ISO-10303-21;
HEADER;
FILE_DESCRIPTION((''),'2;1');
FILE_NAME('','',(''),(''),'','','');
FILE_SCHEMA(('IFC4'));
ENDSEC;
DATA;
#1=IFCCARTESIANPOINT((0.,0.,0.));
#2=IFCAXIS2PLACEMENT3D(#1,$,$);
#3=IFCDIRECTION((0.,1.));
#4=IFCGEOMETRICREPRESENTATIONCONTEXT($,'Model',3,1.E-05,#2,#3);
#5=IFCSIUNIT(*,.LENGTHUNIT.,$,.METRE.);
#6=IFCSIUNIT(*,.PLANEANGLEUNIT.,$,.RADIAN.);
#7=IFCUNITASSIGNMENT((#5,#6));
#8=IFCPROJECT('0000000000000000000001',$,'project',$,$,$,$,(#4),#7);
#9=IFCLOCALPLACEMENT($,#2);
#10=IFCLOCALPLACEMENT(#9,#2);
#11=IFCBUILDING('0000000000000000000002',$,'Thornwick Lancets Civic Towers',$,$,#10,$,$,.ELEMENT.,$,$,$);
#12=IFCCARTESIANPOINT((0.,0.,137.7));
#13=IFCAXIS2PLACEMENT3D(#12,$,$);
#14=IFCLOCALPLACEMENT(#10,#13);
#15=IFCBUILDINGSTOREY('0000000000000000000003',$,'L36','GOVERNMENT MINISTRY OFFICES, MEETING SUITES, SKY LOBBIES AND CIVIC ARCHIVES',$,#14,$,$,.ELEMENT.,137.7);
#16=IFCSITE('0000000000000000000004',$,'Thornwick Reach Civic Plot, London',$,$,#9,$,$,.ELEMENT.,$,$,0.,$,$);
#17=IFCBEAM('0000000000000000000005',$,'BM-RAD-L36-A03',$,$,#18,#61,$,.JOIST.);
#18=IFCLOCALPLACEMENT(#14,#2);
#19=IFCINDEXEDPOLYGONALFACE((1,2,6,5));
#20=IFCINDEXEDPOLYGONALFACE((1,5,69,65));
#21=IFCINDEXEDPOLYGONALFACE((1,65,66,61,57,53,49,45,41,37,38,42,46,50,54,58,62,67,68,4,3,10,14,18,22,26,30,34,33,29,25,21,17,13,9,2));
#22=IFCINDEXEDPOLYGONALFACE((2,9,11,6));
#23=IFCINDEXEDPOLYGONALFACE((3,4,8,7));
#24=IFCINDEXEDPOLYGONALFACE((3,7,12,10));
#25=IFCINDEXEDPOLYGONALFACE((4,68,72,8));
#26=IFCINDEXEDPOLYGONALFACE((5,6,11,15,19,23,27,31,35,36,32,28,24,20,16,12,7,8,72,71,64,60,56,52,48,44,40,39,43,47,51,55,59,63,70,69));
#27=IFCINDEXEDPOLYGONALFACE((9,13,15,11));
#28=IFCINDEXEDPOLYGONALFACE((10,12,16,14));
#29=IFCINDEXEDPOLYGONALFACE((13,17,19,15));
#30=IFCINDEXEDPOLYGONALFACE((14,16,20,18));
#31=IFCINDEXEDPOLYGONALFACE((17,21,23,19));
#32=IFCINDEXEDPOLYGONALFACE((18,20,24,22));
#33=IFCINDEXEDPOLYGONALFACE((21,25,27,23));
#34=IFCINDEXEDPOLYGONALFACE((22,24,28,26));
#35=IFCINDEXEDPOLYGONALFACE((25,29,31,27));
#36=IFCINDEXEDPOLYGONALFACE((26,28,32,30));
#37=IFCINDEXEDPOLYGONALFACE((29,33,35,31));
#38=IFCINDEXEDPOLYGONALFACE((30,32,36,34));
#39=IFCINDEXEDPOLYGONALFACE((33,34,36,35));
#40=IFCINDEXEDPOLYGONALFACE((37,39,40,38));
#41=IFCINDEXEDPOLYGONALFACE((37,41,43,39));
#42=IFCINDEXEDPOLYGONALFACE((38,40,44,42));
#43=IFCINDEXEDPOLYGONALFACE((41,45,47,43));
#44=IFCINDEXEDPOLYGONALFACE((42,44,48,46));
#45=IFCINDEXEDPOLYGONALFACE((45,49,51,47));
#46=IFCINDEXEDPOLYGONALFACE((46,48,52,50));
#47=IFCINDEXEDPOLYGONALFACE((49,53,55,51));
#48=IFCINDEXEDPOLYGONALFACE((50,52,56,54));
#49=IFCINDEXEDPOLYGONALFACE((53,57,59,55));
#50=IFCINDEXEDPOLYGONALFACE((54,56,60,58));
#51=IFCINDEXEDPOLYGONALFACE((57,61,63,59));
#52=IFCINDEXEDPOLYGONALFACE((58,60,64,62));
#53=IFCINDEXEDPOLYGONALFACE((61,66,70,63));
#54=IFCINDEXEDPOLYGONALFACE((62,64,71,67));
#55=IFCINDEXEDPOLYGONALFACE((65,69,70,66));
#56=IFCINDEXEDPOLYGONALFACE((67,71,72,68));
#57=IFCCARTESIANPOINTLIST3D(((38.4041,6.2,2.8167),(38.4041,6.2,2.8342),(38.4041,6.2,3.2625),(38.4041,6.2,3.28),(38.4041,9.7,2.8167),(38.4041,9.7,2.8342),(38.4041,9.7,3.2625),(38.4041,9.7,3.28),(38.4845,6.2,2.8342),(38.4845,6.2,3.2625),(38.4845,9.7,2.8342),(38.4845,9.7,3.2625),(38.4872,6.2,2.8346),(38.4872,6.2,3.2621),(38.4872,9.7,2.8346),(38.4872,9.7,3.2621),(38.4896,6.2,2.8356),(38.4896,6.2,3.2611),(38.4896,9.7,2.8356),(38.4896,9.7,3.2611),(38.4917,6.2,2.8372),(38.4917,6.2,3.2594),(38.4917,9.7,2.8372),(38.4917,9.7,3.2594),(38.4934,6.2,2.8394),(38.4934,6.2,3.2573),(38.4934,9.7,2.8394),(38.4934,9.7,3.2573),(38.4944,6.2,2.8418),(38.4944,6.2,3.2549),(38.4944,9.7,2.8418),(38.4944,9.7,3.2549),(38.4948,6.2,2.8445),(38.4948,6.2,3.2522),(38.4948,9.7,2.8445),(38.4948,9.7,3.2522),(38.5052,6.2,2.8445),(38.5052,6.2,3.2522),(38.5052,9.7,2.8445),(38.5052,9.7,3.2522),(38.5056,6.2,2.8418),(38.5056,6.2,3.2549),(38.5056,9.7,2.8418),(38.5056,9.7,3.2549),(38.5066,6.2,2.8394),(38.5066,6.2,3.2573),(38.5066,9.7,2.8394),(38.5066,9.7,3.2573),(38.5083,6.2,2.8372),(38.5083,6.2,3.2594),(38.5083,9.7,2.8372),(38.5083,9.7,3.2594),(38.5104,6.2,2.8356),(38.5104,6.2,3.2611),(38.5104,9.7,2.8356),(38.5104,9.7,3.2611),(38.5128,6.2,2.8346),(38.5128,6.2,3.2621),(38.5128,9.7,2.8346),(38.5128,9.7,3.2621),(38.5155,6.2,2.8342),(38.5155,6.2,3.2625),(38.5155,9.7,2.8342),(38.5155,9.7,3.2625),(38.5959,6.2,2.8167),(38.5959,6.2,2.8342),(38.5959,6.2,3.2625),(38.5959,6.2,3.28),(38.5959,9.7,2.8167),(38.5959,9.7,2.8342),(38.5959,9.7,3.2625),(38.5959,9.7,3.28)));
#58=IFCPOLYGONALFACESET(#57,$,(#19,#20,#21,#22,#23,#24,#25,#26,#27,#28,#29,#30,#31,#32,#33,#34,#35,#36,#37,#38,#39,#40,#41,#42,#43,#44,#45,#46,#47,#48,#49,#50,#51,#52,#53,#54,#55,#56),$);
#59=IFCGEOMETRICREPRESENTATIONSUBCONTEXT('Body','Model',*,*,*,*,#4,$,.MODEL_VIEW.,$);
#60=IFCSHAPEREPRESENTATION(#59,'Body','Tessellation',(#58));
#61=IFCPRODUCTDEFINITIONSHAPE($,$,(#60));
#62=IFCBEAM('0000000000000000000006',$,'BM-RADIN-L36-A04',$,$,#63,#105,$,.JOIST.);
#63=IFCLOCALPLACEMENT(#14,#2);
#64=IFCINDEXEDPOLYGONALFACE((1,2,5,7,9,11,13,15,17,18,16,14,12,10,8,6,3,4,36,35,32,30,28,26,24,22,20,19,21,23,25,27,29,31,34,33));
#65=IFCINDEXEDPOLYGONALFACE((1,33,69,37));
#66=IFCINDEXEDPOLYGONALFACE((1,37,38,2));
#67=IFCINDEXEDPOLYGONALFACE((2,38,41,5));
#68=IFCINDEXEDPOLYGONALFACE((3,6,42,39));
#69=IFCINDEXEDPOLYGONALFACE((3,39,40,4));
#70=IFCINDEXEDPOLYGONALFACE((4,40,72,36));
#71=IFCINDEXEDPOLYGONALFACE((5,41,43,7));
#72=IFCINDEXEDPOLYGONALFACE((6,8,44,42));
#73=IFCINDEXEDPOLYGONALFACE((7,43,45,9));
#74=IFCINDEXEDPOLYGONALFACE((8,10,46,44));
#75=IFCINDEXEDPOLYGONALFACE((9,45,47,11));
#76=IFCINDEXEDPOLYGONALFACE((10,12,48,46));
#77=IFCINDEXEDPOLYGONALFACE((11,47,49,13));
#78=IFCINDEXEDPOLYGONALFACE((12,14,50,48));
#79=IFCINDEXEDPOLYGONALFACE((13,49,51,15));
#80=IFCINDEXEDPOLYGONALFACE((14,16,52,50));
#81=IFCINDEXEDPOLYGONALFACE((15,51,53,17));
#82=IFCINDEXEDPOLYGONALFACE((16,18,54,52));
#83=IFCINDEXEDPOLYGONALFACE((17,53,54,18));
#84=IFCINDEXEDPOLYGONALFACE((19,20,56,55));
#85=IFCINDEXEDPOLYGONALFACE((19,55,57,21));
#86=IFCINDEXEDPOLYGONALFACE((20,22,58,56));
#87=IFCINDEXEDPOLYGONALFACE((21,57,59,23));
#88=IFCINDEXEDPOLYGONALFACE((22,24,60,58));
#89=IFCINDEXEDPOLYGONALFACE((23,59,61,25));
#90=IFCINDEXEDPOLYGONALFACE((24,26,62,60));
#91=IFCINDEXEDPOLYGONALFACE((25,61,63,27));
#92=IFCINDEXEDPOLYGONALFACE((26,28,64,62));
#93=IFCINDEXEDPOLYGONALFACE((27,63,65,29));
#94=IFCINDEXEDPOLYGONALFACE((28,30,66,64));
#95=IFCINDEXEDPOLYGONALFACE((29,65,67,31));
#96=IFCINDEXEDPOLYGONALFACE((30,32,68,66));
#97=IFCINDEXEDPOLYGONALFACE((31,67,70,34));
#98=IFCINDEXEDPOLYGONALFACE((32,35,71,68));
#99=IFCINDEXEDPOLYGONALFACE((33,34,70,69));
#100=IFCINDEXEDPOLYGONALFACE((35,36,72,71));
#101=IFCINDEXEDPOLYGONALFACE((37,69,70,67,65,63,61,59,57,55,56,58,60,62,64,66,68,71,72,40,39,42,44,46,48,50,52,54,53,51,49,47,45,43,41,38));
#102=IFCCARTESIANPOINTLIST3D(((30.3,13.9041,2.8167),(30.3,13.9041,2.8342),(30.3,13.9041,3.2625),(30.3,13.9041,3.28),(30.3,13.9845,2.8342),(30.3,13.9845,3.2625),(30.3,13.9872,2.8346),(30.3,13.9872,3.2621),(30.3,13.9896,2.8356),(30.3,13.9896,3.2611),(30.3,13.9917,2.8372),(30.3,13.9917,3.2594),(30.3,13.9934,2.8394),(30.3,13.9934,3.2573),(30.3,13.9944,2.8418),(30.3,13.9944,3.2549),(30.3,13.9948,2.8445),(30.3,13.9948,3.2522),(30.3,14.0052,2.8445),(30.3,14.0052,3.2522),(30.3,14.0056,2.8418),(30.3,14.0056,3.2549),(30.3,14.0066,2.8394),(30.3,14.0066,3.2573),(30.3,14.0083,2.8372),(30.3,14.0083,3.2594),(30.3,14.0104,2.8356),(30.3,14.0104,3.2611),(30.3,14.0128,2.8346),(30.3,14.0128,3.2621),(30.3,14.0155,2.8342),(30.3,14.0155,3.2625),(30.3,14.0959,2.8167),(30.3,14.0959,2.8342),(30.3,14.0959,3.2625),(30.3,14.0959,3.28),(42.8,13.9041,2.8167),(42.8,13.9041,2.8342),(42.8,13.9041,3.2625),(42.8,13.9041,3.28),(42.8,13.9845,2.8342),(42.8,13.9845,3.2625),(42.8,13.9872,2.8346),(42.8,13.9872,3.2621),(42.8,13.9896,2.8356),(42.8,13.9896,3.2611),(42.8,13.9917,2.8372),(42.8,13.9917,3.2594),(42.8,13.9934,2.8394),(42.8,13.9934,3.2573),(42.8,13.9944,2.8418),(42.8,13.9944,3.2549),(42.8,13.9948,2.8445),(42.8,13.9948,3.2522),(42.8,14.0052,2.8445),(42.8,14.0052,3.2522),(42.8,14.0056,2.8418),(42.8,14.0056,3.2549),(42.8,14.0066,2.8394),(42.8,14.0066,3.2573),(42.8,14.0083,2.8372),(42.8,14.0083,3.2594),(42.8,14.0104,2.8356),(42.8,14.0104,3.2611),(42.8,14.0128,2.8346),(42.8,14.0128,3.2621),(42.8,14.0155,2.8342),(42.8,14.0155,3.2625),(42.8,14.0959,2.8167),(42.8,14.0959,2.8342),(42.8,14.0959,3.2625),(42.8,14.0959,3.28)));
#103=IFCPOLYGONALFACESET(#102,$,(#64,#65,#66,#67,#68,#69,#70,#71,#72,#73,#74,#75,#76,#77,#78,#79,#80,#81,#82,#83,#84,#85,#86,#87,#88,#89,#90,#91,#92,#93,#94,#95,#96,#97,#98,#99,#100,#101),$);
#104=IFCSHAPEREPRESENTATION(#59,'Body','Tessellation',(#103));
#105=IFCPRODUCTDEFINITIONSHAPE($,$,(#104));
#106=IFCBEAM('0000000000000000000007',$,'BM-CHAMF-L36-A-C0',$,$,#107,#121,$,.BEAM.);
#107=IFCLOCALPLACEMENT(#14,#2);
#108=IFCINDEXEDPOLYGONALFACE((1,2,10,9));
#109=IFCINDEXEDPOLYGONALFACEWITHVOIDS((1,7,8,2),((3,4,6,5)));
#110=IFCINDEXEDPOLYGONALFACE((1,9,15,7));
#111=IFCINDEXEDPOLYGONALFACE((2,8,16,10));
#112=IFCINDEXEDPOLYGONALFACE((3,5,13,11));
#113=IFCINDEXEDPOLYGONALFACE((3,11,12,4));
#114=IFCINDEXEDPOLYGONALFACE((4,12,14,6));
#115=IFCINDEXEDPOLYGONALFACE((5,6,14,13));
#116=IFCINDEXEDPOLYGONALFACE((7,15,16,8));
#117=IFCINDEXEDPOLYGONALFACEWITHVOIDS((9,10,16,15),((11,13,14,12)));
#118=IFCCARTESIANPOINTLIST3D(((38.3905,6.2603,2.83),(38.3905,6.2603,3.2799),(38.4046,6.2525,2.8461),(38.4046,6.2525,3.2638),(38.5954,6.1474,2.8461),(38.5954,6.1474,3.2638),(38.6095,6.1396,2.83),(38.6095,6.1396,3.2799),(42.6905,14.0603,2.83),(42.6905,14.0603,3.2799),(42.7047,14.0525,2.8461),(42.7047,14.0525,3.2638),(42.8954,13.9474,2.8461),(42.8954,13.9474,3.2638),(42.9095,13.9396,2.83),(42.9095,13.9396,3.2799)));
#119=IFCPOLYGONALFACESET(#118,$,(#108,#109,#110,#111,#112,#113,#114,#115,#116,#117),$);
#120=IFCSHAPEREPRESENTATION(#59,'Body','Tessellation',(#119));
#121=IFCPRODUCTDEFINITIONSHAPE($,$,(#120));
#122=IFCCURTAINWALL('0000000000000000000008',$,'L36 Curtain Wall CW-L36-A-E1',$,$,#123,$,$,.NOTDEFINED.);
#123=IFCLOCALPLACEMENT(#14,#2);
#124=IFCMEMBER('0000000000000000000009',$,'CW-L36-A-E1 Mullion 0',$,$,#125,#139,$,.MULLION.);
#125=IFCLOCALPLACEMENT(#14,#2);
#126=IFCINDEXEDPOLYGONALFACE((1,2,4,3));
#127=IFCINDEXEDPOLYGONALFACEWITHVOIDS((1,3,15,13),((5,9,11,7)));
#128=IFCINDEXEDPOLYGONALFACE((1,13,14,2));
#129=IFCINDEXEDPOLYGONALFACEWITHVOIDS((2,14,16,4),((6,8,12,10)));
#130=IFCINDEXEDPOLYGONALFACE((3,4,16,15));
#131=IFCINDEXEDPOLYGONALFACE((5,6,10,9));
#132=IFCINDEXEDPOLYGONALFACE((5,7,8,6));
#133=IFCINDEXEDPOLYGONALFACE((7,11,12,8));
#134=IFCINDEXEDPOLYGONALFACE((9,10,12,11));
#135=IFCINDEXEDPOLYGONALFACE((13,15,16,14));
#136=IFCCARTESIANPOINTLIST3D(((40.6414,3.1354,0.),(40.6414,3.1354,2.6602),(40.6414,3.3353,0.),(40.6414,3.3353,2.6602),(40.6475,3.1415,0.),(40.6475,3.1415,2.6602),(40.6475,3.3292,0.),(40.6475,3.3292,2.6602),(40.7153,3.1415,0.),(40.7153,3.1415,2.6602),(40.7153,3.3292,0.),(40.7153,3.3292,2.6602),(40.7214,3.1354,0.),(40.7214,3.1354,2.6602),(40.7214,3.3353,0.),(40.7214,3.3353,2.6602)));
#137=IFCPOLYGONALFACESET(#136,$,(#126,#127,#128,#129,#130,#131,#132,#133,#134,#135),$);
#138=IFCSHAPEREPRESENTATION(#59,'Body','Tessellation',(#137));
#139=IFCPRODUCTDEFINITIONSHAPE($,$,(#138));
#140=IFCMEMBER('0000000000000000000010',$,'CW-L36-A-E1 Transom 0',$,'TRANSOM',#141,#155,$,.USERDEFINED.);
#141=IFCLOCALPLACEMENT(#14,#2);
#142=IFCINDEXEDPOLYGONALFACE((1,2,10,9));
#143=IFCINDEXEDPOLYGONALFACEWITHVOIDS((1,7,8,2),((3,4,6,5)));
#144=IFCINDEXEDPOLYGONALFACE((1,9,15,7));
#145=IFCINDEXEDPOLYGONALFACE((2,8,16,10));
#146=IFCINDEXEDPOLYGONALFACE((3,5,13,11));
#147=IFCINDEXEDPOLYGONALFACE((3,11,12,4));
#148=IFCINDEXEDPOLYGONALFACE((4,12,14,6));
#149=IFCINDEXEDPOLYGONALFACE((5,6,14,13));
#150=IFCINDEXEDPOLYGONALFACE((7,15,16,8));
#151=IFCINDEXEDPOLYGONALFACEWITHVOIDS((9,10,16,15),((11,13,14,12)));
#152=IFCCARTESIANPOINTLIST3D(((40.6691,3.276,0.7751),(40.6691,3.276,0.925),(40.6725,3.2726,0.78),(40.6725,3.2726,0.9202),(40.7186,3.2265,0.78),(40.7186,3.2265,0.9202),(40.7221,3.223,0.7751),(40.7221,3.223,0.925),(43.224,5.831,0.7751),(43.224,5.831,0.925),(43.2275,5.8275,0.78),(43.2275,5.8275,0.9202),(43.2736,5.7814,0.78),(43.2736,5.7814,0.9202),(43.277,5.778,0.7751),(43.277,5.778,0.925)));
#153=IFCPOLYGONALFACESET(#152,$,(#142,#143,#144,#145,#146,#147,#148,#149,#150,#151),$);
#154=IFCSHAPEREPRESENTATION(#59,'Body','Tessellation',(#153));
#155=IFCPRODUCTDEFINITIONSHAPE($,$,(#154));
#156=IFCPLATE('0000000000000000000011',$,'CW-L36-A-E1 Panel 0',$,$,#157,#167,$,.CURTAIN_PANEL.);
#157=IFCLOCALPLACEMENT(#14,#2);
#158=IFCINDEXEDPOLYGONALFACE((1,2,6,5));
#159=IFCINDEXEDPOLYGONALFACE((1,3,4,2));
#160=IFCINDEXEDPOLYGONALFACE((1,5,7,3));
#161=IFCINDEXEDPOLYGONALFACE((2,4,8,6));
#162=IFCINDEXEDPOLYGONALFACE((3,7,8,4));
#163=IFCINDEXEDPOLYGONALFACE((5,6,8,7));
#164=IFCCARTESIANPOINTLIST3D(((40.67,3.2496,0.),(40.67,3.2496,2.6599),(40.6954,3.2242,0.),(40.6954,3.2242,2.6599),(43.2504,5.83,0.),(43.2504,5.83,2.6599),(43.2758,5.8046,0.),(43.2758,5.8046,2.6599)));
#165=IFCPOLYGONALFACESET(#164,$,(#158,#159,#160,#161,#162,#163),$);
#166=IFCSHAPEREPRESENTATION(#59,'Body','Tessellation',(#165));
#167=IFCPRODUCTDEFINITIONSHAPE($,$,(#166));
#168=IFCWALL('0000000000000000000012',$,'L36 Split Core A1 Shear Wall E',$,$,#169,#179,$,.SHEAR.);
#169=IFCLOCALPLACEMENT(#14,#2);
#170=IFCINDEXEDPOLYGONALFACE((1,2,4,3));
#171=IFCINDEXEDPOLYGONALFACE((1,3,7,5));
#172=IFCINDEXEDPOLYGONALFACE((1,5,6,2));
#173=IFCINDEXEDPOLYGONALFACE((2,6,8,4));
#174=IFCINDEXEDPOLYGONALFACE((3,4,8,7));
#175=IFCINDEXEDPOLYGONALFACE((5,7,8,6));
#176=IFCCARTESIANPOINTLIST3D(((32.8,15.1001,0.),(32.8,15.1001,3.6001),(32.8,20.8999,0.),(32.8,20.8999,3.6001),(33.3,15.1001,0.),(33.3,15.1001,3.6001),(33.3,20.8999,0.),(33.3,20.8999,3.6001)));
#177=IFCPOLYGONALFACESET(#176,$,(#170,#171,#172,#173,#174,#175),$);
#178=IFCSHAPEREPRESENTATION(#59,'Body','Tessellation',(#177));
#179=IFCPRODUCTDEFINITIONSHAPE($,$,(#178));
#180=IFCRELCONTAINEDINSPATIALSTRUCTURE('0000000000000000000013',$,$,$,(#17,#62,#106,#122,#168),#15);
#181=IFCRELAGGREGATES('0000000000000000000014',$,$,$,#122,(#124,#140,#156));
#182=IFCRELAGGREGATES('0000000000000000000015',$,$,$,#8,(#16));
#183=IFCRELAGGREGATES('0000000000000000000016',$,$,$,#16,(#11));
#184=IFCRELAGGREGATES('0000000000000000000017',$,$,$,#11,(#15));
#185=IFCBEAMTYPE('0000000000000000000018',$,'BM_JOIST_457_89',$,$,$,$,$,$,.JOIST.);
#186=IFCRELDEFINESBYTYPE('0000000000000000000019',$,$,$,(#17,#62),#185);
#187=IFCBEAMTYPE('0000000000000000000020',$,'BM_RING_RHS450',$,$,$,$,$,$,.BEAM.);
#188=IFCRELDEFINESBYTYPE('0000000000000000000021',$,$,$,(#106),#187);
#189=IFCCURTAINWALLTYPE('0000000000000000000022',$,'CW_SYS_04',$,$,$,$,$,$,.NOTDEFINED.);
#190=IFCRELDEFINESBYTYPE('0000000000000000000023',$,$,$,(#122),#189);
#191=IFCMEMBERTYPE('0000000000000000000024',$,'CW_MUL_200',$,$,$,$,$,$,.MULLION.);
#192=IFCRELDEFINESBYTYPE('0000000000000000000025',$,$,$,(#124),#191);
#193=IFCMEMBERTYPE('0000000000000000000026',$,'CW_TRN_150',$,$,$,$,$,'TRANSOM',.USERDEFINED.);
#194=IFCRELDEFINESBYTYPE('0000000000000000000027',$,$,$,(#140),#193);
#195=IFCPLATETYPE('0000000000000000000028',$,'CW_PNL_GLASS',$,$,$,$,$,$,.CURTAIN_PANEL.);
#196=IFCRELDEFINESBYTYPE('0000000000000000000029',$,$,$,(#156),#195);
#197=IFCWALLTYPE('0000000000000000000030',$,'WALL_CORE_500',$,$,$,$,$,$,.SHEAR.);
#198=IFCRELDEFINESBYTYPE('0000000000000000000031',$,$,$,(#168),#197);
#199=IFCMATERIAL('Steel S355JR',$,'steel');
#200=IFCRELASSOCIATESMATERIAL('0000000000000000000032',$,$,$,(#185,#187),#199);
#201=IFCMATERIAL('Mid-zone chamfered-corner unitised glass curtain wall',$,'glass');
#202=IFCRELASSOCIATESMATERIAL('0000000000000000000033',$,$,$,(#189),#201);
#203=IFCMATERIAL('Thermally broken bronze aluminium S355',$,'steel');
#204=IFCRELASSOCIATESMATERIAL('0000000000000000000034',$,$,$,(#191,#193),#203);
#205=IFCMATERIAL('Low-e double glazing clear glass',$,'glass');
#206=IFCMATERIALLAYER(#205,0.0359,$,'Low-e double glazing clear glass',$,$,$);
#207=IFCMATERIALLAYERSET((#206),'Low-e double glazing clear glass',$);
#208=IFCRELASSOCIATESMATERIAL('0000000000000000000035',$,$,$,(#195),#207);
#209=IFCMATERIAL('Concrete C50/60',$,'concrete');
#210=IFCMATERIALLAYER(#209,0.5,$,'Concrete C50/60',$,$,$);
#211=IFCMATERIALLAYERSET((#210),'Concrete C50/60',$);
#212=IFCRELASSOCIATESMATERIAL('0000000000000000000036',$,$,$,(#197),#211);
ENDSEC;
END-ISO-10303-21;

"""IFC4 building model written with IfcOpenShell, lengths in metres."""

from ifc_helpers import new_model, si_unit, direction, frame, frame_2d, origin, origin_2d, place, context, subcontext, project, spatial, rectangle, hollow_rectangle, i_section, extrude, material, layer, layer_set, material_profile, profile_set, type_object, element, aggregate, save


model = new_model("IFC4")

# Units and contexts
model_context = context("Model", 3, precision=1e-05, world=origin(), true_north=direction((0.0, 1.0)))
body_context = subcontext(model_context, "Body", "Model", "MODEL_VIEW")
ifc_project = project(units=[si_unit("LENGTHUNIT", "METRE"), si_unit("PLANEANGLEUNIT", "RADIAN")], contexts=[model_context])

# Site, building, storey
site_placement = place(None, origin())
site = spatial("IfcSite", under=ifc_project, at=site_placement, Name="Thornwick Reach Civic Plot, London", CompositionType="ELEMENT", RefElevation=0.0)
building_placement = place(site_placement, origin())
building = spatial("IfcBuilding", under=site, at=building_placement, Name="Thornwick Lancets Civic Towers", CompositionType="ELEMENT")
storey_placement = place(building_placement, frame((0.0, 0.0, 137.7)))
storey = spatial("IfcBuildingStorey", under=building, at=storey_placement, Name="L36", Description="GOVERNMENT MINISTRY OFFICES, MEETING SUITES, SKY LOBBIES AND CIVIC ARCHIVES", CompositionType="ELEMENT", Elevation=137.7)

# Beams
ifc_material_1 = material(Name="Steel S355JR", Category="steel")
ifc_material_profile_1 = material_profile(ifc_material_1, i_section(OverallWidth=0.1919, OverallDepth=0.4634, WebThickness=0.0105, FlangeThickness=0.0176, FilletRadius=0.0103, at=origin_2d()), Name="UKB 457x191x89")
ifc_profile_set_1 = profile_set([ifc_material_profile_1], Name="Steel S355JR")
beam_type_1 = type_object("IfcBeamType", Name="BM_JOIST_457_89", PredefinedType="JOIST", material=ifc_profile_set_1)
beam_1_placement = place(storey_placement, frame((38.5, 9.7, 3.0483), z_axis=(0.0, -1.0, 0.0), x_axis=(1.0, 0.0, 0.0)))
element("IfcBeam", 1, at=beam_1_placement, inside=storey, type_object=beam_type_1, Name="BM-RAD-L36-A03", PredefinedType="JOIST", context=body_context, shape_type="SweptSolid", body=[
    extrude(i_section(OverallWidth=0.1919, OverallDepth=0.4634, WebThickness=0.0105, FlangeThickness=0.0176, FilletRadius=0.0103, at=origin_2d()), origin(), (0.0, 0.0, 1.0), 3.5),
])
beam_2_placement = place(storey_placement, frame((30.3, 14.0, 3.0483), z_axis=(1.0, 0.0, 0.0), x_axis=(0.0, 1.0, 0.0)))
element("IfcBeam", 2, at=beam_2_placement, inside=storey, type_object=beam_type_1, Name="BM-RADIN-L36-A04", PredefinedType="JOIST", context=body_context, shape_type="SweptSolid", body=[
    extrude(i_section(OverallWidth=0.1919, OverallDepth=0.4634, WebThickness=0.0105, FlangeThickness=0.0176, FilletRadius=0.0103, at=origin_2d()), origin(), (0.0, 0.0, 1.0), 12.5),
])
ifc_material_profile_2 = material_profile(ifc_material_1, hollow_rectangle(XDim=0.25, YDim=0.45, WallThickness=0.0161, at=origin_2d()), Name="RHS 450x250x16")
ifc_profile_set_2 = profile_set([ifc_material_profile_2], Name="Steel S355JR")
beam_type_2 = type_object("IfcBeamType", Name="BM_RING_RHS450", PredefinedType="BEAM", material=ifc_profile_set_2)
beam_3_placement = place(storey_placement, frame((38.5, 6.2, 3.0549), z_axis=(0.482782, 0.87574, 0.0), x_axis=(-0.87574, 0.482782, 0.0)))
element("IfcBeam", 3, at=beam_3_placement, inside=storey, type_object=beam_type_2, Name="BM-CHAMF-L36-A-C0", PredefinedType="BEAM", context=body_context, shape_type="SweptSolid", body=[
    extrude(hollow_rectangle(XDim=0.25, YDim=0.45, WallThickness=0.0161, at=origin_2d()), origin(), (0.0, 0.0, 1.0), 8.9067),
])

# Curtain wall, members, plate
ifc_material_2 = material(Name="Mid-zone chamfered-corner unitised glass curtain wall", Category="glass")
curtain_wall_type = type_object("IfcCurtainWallType", Name="CW_SYS_04", PredefinedType="NOTDEFINED", material=ifc_material_2)
curtain_wall_placement = place(storey_placement, origin())
curtain_wall = element("IfcCurtainWall", 4, at=curtain_wall_placement, inside=storey, type_object=curtain_wall_type, Name="L36 Curtain Wall CW-L36-A-E1", PredefinedType="NOTDEFINED")
ifc_material_3 = material(Name="Thermally broken bronze aluminium S355", Category="steel")
ifc_material_profile_3 = material_profile(ifc_material_3, hollow_rectangle(XDim=0.0801, YDim=0.2, WallThickness=0.0061, at=origin_2d()), Name="RHS 200x80x6")
ifc_profile_set_3 = profile_set([ifc_material_profile_3], Name="Thermally broken bronze aluminium S355")
member_type_1 = type_object("IfcMemberType", Name="CW_MUL_200", PredefinedType="MULLION", material=ifc_profile_set_3)
member_1_placement = place(storey_placement, frame((40.6814, 3.2354, 0.0), z_axis=(0.0, 0.0, 1.0), x_axis=(1.0, 0.0, 0.0)))
member_1 = element("IfcMember", 5, at=member_1_placement, type_object=member_type_1, Name="CW-L36-A-E1 Mullion 0", PredefinedType="MULLION", context=body_context, shape_type="SweptSolid", body=[
    extrude(hollow_rectangle(XDim=0.0801, YDim=0.2, WallThickness=0.0061, at=origin_2d()), origin(), (0.0, 0.0, 1.0), 2.6602),
])
ifc_material_profile_4 = material_profile(ifc_material_3, hollow_rectangle(XDim=0.075, YDim=0.1499, WallThickness=0.0049, at=origin_2d()), Name="RHS 150x75x5")
ifc_profile_set_4 = profile_set([ifc_material_profile_4], Name="Thermally broken bronze aluminium S355")
member_type_2 = type_object("IfcMemberType", Name="CW_TRN_150", ElementType="TRANSOM", PredefinedType="USERDEFINED", material=ifc_profile_set_4)
member_2_placement = place(storey_placement, frame((40.6956, 3.2495, 0.8501), z_axis=(0.707107, 0.707107, 0.0), x_axis=(-0.707107, 0.707107, 0.0)))
member_2 = element("IfcMember", 6, at=member_2_placement, type_object=member_type_2, Name="CW-L36-A-E1 Transom 0", ObjectType="TRANSOM", PredefinedType="USERDEFINED", context=body_context, shape_type="SweptSolid", body=[
    extrude(hollow_rectangle(XDim=0.075, YDim=0.1499, WallThickness=0.0049, at=origin_2d()), origin(), (0.0, 0.0, 1.0), 3.6133),
])
ifc_material_4 = material(Name="Low-e double glazing clear glass", Category="glass")
ifc_layer_1 = layer(ifc_material_4, 0.0359, Name="Low-e double glazing clear glass")
ifc_layer_set_1 = layer_set([ifc_layer_1], Name="Low-e double glazing clear glass")
plate_type = type_object("IfcPlateType", Name="CW_PNL_GLASS", PredefinedType="CURTAIN_PANEL", material=ifc_layer_set_1)
plate_placement = place(storey_placement, frame((41.9729, 4.5271, 0.0), z_axis=(0.0, 0.0, 1.0), x_axis=(0.707107, 0.707107, 0.0)))
plate = element("IfcPlate", 7, at=plate_placement, type_object=plate_type, Name="CW-L36-A-E1 Panel 0", PredefinedType="CURTAIN_PANEL", context=body_context, shape_type="SweptSolid", body=[
    extrude(rectangle(XDim=3.6492, YDim=0.0359, at=origin_2d()), origin(), (0.0, 0.0, 1.0), 2.6599),
])
aggregate(curtain_wall, [member_1, member_2, plate])

# Wall
ifc_material_5 = material(Name="Concrete C50/60", Category="concrete")
ifc_layer_2 = layer(ifc_material_5, 0.5, Name="Concrete C50/60")
ifc_layer_set_2 = layer_set([ifc_layer_2], Name="Concrete C50/60")
wall_type_1 = type_object("IfcWallType", Name="WALL_CORE_500", PredefinedType="SHEAR", material=ifc_layer_set_2)
wall_1_placement = place(storey_placement, frame((33.05, 15.1001, 0.0), z_axis=(0.0, 0.0, 1.0), x_axis=(0.0, 1.0, 0.0)))
element("IfcWall", 8, at=wall_1_placement, inside=storey, type_object=wall_type_1, Name="L36 Split Core A1 Shear Wall E", PredefinedType="SHEAR", context=body_context, shape_type="SweptSolid", body=[
    extrude(rectangle(XDim=5.7998, YDim=0.5, at=frame_2d((2.8999, 0.0))), origin(), (0.0, 0.0, 1.0), 3.6001),
])

save(model, "model.ifc")
